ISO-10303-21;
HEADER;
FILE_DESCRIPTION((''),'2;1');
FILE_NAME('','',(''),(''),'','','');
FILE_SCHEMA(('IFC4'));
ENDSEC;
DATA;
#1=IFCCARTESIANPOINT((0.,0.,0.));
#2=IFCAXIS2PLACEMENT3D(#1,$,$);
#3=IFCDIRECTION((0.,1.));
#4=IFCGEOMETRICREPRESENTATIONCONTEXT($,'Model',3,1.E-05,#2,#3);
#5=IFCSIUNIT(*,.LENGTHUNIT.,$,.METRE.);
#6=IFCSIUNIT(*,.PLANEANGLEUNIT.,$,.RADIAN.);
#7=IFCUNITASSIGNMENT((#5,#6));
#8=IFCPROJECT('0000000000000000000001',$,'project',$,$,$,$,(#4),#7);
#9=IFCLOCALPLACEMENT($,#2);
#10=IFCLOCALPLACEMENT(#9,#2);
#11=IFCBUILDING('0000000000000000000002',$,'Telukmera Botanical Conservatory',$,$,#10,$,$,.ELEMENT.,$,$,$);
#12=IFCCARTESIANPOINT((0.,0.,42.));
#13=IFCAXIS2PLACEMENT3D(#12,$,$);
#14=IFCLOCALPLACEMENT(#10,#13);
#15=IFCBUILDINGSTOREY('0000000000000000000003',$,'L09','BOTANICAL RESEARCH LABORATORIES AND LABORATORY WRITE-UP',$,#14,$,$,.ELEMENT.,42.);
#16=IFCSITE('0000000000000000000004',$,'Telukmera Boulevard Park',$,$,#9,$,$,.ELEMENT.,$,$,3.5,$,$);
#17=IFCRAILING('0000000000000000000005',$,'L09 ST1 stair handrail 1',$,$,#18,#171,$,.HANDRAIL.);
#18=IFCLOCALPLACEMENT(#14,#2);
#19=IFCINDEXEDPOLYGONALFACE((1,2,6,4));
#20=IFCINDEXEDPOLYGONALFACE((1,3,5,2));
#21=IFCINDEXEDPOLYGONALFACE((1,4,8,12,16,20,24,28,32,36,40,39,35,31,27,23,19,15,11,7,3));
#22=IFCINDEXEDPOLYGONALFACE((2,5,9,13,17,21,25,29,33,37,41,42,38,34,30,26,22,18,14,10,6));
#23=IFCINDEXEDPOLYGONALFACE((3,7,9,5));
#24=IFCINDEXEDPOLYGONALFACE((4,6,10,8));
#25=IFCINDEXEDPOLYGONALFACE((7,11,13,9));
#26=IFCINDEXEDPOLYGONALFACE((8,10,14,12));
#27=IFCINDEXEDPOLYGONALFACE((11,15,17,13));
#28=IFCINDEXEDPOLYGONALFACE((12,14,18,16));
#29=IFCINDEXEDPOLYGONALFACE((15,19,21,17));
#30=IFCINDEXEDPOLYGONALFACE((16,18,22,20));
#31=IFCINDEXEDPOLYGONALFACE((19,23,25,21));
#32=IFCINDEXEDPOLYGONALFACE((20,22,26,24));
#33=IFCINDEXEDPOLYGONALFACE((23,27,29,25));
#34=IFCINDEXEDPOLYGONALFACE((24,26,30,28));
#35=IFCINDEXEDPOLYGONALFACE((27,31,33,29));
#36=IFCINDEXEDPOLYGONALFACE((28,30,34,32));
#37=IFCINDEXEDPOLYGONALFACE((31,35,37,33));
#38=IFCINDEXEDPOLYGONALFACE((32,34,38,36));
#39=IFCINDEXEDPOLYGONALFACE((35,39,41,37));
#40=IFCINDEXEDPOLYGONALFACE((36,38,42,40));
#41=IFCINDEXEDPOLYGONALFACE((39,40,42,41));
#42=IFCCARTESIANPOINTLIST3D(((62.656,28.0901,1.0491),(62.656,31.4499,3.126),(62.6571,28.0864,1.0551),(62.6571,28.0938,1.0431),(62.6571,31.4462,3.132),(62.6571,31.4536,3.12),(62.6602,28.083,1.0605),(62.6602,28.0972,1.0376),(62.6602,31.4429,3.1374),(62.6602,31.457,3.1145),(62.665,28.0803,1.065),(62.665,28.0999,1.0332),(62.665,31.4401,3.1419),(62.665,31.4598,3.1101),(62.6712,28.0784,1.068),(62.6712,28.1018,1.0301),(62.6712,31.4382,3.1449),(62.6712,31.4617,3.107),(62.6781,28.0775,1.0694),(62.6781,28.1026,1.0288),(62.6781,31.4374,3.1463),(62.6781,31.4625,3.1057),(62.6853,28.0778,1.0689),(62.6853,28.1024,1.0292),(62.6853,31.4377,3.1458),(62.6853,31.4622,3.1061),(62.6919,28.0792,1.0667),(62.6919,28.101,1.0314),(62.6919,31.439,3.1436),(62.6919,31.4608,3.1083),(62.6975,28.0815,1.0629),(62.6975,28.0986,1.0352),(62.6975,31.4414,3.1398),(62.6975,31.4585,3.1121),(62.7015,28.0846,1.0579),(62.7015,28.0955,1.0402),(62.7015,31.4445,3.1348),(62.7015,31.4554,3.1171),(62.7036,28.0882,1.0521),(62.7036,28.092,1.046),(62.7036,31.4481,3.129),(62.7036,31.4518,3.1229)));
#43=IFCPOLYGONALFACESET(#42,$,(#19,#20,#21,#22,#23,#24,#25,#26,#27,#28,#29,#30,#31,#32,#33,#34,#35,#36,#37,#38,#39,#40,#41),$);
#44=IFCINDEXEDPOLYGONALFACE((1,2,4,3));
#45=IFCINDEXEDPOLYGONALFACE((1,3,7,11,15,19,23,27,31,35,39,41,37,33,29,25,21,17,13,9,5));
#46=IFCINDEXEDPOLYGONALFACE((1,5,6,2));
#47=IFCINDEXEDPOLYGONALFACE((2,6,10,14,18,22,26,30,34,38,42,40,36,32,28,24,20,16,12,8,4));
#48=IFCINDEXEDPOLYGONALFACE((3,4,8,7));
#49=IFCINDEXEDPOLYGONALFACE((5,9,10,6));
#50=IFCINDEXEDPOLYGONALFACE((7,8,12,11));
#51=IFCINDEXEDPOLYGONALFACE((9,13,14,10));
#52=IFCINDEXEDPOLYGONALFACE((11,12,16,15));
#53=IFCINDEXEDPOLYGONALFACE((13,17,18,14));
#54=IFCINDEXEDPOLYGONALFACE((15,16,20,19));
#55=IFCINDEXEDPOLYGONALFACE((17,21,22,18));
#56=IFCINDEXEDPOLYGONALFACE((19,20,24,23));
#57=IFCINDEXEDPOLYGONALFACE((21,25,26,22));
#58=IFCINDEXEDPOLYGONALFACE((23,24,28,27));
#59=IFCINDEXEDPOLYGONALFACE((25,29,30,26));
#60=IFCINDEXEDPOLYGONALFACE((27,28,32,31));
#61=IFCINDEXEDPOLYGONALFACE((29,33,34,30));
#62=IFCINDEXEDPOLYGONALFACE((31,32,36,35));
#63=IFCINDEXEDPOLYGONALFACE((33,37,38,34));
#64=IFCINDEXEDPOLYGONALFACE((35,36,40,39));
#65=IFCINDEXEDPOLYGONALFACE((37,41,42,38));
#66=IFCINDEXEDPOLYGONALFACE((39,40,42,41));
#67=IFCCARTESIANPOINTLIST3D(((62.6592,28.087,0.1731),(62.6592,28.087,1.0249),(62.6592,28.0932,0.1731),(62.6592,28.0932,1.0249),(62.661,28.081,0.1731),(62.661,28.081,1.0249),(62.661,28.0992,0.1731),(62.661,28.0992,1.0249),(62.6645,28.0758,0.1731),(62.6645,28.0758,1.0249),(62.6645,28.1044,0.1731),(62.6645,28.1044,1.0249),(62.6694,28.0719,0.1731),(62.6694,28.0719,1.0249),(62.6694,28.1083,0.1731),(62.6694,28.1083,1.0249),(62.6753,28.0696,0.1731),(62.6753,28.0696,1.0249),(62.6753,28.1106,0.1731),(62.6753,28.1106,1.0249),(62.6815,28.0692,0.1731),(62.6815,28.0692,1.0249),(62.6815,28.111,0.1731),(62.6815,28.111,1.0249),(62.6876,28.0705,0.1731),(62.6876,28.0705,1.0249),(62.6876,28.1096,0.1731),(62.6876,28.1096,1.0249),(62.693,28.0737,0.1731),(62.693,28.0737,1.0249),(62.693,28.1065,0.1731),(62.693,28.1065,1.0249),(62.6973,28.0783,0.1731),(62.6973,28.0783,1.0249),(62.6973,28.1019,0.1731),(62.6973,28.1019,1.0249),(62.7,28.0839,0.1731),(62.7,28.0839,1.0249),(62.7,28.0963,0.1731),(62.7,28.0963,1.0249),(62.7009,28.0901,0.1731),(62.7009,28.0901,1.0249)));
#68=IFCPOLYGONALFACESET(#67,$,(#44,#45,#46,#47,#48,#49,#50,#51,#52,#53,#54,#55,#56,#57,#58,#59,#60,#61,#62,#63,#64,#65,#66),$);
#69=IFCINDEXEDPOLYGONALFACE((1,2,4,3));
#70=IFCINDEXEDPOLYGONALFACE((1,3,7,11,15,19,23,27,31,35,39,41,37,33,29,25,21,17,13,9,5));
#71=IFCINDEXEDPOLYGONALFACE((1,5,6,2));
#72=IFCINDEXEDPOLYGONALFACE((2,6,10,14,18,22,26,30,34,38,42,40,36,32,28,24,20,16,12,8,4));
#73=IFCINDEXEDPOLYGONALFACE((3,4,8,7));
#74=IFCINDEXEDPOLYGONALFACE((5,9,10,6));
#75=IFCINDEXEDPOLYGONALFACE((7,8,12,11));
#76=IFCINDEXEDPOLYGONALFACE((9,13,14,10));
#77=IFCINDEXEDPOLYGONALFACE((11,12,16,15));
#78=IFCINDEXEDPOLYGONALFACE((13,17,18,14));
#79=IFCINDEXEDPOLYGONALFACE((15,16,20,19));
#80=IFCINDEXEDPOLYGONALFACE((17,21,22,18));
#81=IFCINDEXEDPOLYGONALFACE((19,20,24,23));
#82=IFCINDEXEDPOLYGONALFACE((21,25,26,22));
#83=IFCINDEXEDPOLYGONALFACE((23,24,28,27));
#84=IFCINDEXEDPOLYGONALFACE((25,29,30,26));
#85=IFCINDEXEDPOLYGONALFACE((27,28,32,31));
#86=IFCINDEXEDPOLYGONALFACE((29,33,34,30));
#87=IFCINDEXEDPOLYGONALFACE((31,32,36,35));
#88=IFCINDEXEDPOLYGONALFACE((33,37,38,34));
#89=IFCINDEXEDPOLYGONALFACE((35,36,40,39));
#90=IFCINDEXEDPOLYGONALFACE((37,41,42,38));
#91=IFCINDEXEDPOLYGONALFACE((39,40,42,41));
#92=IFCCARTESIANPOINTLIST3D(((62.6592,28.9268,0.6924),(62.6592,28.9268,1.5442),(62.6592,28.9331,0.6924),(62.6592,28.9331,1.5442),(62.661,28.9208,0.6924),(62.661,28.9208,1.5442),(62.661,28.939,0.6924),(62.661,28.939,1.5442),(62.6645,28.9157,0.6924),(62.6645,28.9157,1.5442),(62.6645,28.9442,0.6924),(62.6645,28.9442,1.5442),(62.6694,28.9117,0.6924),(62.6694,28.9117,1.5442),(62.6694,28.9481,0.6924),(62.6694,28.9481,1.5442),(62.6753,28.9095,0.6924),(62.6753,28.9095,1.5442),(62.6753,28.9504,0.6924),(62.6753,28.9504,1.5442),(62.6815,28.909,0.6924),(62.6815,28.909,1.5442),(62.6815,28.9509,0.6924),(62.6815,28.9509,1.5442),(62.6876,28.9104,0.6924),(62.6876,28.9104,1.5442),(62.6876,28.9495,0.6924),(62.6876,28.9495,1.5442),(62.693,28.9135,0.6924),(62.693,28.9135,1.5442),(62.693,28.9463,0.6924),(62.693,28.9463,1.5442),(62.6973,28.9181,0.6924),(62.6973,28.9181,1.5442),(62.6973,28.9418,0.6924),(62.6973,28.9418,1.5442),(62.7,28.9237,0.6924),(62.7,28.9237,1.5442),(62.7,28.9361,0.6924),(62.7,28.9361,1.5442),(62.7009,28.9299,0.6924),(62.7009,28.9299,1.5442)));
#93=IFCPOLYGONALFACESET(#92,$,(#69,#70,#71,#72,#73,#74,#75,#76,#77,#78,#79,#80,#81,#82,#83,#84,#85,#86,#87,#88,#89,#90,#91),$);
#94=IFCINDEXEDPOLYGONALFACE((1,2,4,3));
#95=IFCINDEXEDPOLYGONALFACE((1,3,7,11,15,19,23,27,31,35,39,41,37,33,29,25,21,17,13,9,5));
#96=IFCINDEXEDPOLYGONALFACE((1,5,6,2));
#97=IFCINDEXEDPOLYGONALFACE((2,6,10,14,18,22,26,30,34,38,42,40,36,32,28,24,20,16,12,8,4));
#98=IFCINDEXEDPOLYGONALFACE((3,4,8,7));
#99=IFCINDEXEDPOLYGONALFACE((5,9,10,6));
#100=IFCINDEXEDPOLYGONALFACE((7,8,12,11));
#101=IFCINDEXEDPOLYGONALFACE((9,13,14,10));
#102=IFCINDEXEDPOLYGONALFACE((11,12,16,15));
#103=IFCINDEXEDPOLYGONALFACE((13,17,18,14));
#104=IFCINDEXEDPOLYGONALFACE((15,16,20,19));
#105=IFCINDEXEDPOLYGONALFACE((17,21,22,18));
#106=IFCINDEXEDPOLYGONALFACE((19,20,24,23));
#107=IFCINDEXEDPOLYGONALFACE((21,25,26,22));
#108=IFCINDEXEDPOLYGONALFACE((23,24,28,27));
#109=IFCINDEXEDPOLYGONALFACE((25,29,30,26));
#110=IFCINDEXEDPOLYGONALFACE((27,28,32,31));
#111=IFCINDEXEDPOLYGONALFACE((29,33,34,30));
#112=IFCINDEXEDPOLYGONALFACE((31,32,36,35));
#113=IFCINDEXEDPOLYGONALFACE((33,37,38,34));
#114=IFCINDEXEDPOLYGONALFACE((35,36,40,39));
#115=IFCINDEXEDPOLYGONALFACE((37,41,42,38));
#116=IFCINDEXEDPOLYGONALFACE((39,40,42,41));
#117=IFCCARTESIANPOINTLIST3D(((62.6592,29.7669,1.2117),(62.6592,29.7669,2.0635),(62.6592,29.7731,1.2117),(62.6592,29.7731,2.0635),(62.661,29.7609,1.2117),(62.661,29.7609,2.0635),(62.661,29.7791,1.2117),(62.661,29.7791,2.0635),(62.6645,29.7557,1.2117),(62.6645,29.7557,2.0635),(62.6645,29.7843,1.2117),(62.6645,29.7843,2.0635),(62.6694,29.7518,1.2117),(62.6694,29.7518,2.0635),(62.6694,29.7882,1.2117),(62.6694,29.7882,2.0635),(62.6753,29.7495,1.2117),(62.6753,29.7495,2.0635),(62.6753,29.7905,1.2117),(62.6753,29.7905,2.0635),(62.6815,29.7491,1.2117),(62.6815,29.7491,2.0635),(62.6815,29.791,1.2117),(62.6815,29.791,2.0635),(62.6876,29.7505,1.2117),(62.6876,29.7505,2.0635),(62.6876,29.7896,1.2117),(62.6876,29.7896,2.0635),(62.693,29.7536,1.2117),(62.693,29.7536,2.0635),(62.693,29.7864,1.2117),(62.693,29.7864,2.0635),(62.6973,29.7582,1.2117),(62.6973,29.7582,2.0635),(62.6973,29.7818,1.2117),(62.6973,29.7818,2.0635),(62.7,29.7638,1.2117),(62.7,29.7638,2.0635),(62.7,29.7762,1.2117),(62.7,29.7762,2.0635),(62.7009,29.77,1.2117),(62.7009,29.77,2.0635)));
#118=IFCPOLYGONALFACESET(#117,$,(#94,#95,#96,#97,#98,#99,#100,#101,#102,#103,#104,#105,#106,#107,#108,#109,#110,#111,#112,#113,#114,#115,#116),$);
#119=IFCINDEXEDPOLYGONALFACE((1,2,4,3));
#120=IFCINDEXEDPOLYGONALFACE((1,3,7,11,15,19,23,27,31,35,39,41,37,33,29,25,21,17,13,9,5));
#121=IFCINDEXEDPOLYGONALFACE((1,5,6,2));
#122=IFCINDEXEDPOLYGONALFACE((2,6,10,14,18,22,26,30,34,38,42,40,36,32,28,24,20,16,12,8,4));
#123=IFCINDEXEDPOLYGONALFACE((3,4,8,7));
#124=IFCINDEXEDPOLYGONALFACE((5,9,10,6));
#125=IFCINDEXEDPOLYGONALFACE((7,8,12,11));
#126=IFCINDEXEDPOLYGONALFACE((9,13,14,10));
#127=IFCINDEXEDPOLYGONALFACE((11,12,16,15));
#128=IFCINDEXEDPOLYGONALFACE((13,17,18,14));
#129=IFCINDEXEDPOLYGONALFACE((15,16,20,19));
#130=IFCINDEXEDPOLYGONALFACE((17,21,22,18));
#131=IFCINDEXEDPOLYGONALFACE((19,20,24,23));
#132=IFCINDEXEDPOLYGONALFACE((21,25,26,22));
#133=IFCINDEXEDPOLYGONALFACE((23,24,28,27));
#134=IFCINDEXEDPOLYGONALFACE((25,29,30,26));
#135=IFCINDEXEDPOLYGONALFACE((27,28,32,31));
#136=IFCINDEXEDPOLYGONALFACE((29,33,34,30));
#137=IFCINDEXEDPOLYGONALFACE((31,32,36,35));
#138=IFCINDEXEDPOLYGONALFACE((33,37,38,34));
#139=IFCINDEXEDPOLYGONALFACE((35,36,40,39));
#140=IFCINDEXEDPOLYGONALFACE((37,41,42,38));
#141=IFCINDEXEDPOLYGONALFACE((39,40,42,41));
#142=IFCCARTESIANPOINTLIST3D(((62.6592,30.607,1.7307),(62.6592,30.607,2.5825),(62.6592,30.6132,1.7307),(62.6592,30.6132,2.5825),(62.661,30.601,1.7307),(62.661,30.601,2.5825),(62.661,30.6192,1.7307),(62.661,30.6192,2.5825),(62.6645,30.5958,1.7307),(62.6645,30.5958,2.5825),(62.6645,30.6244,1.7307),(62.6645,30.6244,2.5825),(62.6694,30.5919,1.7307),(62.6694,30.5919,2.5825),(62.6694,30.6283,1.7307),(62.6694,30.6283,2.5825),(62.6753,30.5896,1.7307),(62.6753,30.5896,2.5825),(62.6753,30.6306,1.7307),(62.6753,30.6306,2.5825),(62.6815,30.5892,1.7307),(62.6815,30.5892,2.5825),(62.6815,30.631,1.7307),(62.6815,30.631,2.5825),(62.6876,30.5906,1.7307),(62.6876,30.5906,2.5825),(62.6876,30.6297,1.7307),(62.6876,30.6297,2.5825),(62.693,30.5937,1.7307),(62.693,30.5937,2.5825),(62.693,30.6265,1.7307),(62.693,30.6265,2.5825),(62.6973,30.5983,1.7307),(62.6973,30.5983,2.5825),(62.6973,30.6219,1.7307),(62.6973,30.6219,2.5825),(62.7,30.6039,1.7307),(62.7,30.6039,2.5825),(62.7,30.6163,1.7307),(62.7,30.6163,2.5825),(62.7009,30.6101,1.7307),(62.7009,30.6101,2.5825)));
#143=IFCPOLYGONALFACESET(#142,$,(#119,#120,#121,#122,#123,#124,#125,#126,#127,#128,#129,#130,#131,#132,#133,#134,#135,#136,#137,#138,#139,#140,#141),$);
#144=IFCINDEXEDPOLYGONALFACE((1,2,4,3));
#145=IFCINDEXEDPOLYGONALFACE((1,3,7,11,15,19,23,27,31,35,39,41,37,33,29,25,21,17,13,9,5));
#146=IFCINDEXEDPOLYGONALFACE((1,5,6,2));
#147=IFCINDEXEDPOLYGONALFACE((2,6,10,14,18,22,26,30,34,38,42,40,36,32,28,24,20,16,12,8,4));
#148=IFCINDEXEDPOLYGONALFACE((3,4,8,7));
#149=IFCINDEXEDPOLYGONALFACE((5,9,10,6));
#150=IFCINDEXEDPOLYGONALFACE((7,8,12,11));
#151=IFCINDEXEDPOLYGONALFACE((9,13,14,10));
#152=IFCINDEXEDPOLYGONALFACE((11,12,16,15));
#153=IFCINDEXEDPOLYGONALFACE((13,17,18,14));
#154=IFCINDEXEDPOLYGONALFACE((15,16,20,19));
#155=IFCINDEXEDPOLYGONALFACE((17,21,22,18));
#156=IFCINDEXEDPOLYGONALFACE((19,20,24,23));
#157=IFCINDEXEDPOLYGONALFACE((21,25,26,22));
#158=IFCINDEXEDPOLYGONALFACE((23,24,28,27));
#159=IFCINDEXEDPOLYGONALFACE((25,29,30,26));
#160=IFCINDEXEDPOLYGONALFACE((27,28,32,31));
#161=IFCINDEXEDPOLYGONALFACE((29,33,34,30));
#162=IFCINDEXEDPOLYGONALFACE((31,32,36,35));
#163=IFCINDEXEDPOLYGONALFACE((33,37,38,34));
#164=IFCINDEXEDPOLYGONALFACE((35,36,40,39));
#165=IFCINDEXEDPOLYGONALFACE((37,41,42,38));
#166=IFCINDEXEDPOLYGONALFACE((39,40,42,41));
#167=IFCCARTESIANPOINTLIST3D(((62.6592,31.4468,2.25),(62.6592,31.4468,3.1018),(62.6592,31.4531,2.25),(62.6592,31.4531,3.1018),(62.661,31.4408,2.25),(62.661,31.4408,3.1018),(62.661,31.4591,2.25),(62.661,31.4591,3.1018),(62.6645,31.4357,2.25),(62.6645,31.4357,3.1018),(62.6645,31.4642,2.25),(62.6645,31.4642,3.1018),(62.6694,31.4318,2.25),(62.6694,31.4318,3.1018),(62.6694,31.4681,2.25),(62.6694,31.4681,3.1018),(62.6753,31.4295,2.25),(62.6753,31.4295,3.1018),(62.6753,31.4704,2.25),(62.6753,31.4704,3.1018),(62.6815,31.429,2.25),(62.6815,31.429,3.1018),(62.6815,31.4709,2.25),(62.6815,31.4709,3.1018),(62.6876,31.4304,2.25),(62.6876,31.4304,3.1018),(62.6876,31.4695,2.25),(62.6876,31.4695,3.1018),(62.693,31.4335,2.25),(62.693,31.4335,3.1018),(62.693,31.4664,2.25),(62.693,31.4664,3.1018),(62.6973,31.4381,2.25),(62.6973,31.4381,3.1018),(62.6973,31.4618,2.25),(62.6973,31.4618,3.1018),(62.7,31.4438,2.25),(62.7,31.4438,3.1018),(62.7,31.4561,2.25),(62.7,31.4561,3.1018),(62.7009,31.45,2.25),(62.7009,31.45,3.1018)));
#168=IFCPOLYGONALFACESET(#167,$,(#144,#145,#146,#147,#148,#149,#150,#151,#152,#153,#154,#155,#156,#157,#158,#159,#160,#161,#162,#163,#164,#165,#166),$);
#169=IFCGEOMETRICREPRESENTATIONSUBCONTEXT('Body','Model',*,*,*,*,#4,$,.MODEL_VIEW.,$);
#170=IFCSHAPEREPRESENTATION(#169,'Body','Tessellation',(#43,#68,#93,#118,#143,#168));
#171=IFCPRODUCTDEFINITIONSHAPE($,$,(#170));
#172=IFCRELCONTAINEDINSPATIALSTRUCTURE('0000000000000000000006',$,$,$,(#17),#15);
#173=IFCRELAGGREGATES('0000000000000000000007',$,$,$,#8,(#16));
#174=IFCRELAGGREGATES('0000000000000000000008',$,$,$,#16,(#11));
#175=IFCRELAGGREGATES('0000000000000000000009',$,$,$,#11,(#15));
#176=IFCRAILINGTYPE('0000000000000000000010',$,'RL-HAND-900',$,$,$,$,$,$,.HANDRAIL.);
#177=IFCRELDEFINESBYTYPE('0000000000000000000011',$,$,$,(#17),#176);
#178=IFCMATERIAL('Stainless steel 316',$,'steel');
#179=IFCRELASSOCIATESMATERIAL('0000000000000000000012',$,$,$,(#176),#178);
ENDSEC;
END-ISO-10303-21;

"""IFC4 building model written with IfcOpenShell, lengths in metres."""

from ifc_helpers import new_model, si_unit, direction, frame, origin, origin_2d, place, context, subcontext, project, spatial, circle, extrude, material, type_object, element, save


model = new_model("IFC4")

# Units and contexts
model_context = context("Model", 3, precision=1e-05, world=origin(), true_north=direction((0.0, 1.0)))
body_context = subcontext(model_context, "Body", "Model", "MODEL_VIEW")
ifc_project = project(units=[si_unit("LENGTHUNIT", "METRE"), si_unit("PLANEANGLEUNIT", "RADIAN")], contexts=[model_context])

# Site, building, storey
site_placement = place(None, origin())
site = spatial("IfcSite", under=ifc_project, at=site_placement, Name="Telukmera Boulevard Park", CompositionType="ELEMENT", RefElevation=3.5)
building_placement = place(site_placement, origin())
building = spatial("IfcBuilding", under=site, at=building_placement, Name="Telukmera Botanical Conservatory", CompositionType="ELEMENT")
storey_placement = place(building_placement, frame((0.0, 0.0, 42.0)))
storey = spatial("IfcBuildingStorey", under=building, at=storey_placement, Name="L09", Description="BOTANICAL RESEARCH LABORATORIES AND LABORATORY WRITE-UP", CompositionType="ELEMENT", Elevation=42.0)

# Shared definitions
ifc_material_1 = material(Name="Stainless steel 316", Category="steel")

# Railing
railing_type_1 = type_object("IfcRailingType", Name="RL-HAND-900", PredefinedType="HANDRAIL", material=ifc_material_1)
railing_1_placement = place(storey_placement, frame((62.6799, 28.0901, 0.1731)))
element("IfcRailing", 1, at=railing_1_placement, inside=storey, type_object=railing_type_1, Name="L09 ST1 stair handrail 1", PredefinedType="HANDRAIL", context=body_context, shape_type="SweptSolid", body=[
    extrude(circle(Radius=0.0239, at=origin_2d()), frame((0.0, 0.0, 0.876), z_axis=(0.0, 0.850606, 0.525803), x_axis=(-1.0, 0.0, 0.0)), (0.0, 0.0, 1.0), 3.95),
    extrude(circle(Radius=0.021, at=origin_2d()), origin(), (0.0, 0.0, 1.0), 0.8518),
    extrude(circle(Radius=0.021, at=origin_2d()), frame((0.0, 0.8398, 0.5193)), (0.0, 0.0, 1.0), 0.8518),
    extrude(circle(Radius=0.021, at=origin_2d()), frame((0.0, 1.6799, 1.0386)), (0.0, 0.0, 1.0), 0.8518),
    extrude(circle(Radius=0.021, at=origin_2d()), frame((0.0, 2.52, 1.5576)), (0.0, 0.0, 1.0), 0.8518),
    extrude(circle(Radius=0.021, at=origin_2d()), frame((0.0, 3.3599, 2.0769)), (0.0, 0.0, 1.0), 0.8518),
])

save(model, "model.ifc")
